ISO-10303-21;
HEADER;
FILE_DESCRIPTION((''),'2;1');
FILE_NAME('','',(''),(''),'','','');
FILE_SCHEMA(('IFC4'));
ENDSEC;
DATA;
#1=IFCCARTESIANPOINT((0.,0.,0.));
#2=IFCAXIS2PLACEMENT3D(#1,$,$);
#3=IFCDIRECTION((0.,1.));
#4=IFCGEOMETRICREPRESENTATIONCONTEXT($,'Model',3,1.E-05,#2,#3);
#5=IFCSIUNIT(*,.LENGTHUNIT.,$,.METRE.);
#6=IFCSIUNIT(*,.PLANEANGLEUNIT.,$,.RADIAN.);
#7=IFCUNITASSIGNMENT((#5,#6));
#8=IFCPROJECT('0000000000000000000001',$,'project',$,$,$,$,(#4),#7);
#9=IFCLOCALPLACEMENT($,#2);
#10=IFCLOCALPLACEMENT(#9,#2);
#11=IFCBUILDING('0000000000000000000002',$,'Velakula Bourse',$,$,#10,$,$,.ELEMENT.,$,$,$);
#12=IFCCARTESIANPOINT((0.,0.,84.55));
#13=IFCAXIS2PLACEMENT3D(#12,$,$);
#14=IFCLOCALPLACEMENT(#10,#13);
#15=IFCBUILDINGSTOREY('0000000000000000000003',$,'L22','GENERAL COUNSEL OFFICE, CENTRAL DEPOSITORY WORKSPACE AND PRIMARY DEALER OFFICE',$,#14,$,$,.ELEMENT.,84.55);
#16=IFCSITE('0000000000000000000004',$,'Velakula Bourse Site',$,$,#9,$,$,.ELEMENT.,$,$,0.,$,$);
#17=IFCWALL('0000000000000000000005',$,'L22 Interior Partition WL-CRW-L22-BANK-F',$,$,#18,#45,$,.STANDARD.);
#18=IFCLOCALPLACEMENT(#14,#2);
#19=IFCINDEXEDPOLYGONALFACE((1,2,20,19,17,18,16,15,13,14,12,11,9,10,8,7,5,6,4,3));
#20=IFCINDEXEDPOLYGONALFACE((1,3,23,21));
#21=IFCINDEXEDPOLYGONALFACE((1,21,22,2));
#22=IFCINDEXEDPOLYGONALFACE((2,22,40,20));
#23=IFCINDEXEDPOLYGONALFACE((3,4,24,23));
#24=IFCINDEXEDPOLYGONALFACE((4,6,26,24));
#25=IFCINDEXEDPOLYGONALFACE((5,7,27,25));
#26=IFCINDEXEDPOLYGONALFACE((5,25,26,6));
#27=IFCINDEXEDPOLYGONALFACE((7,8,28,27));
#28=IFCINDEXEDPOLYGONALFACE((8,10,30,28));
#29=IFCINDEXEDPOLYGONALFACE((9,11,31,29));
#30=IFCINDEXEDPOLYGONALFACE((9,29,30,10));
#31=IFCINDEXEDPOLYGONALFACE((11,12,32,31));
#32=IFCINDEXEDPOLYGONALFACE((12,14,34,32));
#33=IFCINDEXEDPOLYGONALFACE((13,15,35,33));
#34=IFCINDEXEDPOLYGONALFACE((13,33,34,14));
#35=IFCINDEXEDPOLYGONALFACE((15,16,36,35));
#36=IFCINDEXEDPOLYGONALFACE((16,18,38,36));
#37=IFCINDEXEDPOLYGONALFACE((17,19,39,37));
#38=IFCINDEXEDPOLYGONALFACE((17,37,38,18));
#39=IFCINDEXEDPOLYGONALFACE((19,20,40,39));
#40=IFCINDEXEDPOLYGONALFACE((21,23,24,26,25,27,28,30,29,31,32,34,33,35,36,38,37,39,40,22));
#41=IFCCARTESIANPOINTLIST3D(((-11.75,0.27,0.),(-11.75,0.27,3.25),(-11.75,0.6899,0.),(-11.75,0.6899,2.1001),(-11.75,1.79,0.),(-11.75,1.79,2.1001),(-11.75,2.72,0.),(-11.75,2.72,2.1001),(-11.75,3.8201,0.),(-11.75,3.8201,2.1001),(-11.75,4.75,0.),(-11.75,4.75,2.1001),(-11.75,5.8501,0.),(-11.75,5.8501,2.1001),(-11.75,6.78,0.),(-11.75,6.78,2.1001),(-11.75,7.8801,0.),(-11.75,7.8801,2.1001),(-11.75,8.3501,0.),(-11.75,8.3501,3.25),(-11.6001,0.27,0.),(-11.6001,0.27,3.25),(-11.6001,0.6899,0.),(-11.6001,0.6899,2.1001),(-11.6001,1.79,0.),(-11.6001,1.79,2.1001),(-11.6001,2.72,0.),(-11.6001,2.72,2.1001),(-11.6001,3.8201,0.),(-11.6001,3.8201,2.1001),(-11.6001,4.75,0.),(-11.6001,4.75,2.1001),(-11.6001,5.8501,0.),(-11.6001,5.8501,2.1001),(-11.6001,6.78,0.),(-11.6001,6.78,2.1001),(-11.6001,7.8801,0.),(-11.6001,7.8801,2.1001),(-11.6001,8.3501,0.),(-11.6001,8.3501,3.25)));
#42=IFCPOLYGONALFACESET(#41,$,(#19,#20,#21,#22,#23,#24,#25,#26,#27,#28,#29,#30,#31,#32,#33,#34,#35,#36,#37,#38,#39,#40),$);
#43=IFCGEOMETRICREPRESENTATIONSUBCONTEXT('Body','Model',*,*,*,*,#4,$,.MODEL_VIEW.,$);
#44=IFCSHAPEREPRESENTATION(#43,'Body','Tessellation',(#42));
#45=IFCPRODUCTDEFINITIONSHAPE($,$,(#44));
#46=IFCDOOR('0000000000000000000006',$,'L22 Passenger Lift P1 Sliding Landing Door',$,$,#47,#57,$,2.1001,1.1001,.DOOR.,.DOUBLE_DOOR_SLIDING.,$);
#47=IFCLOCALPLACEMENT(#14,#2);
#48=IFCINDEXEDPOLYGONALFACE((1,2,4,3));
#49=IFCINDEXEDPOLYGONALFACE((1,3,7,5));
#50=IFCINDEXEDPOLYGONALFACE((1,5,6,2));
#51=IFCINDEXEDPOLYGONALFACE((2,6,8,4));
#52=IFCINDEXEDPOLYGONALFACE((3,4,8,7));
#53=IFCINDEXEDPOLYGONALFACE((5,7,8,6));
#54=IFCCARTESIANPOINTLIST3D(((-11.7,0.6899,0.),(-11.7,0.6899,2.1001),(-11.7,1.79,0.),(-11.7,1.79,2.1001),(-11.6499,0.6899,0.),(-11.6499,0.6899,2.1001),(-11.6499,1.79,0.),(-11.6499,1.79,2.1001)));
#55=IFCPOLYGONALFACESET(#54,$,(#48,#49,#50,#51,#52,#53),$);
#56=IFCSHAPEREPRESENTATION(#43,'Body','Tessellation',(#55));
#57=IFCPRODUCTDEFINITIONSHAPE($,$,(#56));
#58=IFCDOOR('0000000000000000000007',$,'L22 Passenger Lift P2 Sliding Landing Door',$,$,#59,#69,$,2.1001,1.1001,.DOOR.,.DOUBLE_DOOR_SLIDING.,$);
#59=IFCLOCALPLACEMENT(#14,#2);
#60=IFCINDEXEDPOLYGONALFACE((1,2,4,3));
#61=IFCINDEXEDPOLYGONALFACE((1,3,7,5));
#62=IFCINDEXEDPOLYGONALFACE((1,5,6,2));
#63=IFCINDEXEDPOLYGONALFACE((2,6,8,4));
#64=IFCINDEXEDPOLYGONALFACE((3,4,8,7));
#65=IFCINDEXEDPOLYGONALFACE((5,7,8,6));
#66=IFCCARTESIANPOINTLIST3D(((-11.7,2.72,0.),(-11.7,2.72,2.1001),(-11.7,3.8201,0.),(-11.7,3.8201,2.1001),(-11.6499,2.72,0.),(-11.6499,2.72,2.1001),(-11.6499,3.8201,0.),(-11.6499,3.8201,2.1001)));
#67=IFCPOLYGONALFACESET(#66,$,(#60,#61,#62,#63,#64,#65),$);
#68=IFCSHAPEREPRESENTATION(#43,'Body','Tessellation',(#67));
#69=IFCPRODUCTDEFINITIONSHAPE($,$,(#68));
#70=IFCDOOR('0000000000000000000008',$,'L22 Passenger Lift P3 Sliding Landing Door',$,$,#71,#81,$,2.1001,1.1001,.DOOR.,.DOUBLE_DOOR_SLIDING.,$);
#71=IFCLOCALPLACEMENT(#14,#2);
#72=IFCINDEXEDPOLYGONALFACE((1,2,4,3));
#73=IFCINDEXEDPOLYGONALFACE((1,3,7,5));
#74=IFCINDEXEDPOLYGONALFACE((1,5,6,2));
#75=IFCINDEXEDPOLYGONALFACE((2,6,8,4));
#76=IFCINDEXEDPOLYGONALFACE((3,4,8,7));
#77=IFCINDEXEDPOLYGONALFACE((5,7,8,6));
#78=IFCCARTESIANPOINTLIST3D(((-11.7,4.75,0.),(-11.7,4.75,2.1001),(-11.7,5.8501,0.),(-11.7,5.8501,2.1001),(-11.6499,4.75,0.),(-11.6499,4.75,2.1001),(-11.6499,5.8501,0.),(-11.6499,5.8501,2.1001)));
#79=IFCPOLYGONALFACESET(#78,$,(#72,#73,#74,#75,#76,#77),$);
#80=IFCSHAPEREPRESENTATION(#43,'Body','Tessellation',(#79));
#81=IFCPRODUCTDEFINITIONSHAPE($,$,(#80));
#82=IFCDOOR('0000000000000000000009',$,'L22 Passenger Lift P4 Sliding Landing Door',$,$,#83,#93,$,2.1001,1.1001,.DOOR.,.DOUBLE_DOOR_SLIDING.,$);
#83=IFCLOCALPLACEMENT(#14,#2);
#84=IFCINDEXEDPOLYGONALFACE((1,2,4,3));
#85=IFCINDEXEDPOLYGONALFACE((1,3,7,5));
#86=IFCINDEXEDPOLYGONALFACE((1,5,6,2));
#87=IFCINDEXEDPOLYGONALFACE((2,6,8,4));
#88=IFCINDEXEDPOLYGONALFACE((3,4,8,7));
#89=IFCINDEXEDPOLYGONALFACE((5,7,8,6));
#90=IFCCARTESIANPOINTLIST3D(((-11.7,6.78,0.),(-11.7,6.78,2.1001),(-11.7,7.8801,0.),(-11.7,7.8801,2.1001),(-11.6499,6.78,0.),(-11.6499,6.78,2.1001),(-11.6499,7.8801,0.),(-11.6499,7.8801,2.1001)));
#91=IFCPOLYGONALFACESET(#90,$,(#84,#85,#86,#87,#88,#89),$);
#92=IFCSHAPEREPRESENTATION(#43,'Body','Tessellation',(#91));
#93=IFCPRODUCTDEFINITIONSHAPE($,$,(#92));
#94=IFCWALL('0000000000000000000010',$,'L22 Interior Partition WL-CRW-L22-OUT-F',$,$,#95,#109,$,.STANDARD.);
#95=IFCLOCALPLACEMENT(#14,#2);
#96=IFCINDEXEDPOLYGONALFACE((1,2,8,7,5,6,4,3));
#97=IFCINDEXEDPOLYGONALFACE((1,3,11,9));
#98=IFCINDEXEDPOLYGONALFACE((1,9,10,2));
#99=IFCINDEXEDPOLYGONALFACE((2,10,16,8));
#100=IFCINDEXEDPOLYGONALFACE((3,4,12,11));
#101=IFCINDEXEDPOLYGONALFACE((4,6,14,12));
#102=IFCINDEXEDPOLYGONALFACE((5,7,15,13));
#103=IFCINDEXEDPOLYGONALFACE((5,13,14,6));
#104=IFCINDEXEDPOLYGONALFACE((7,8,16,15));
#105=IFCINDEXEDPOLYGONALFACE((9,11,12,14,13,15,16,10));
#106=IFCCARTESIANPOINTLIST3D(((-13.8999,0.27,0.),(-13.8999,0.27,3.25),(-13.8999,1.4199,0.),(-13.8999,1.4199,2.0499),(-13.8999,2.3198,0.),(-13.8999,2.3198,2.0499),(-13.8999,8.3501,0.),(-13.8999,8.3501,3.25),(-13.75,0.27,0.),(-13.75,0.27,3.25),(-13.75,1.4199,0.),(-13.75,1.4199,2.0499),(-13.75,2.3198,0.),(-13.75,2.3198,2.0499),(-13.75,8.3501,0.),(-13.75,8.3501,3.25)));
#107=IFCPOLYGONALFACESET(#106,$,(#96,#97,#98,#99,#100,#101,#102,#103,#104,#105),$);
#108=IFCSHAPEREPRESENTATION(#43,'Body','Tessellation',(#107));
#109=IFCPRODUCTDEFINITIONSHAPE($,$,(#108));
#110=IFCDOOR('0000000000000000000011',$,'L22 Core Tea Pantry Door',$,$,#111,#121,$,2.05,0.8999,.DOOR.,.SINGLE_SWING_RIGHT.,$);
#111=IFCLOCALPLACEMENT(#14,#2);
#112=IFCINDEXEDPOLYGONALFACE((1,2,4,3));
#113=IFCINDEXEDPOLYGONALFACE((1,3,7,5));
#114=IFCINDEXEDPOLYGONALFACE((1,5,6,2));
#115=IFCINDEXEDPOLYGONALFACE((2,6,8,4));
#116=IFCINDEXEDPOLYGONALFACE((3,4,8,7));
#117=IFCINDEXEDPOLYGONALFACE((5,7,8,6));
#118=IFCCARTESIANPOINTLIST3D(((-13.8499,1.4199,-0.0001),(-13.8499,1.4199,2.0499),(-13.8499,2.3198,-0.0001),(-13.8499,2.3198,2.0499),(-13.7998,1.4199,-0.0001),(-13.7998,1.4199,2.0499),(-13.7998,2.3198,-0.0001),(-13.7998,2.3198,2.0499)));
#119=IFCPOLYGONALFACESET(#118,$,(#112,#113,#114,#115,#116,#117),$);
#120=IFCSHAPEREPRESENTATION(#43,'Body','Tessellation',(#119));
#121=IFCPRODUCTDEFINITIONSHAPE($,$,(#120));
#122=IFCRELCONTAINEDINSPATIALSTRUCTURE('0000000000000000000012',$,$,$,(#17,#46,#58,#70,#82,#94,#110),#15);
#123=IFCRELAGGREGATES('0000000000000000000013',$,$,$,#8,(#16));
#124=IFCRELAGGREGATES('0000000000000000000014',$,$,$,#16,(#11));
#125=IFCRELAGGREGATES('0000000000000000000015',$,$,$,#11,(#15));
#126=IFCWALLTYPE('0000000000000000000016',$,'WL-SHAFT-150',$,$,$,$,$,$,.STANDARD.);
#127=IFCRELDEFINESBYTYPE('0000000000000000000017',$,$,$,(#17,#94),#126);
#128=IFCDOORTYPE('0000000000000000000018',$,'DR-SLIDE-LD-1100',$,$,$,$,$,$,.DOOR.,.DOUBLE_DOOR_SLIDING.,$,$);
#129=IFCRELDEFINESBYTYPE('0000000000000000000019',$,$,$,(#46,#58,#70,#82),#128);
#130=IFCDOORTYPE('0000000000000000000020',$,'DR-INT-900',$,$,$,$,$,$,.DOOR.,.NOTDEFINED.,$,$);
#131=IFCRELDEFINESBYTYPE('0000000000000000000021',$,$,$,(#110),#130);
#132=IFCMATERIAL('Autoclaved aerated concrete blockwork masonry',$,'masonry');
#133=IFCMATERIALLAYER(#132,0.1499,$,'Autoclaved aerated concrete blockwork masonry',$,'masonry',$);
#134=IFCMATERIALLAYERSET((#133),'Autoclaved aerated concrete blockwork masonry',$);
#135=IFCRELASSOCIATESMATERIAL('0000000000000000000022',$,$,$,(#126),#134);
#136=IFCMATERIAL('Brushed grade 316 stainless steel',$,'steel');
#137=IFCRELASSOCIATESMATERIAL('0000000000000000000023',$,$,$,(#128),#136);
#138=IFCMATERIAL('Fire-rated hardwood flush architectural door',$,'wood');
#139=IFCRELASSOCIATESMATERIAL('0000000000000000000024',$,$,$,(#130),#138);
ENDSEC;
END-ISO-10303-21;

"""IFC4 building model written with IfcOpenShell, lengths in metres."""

from ifc_helpers import new_model, si_unit, direction, frame, frame_2d, origin, place, context, subcontext, project, spatial, rectangle, extrude, material, layer, layer_set, type_object, element, fill, save


model = new_model("IFC4")

# Units and contexts
model_context = context("Model", 3, precision=1e-05, world=origin(), true_north=direction((0.0, 1.0)))
body_context = subcontext(model_context, "Body", "Model", "MODEL_VIEW")
ifc_project = project(units=[si_unit("LENGTHUNIT", "METRE"), si_unit("PLANEANGLEUNIT", "RADIAN")], contexts=[model_context])

# Site, building, storey
site_placement = place(None, origin())
site = spatial("IfcSite", under=ifc_project, at=site_placement, Name="Velakula Bourse Site", CompositionType="ELEMENT", RefElevation=0.0)
building_placement = place(site_placement, origin())
building = spatial("IfcBuilding", under=site, at=building_placement, Name="Velakula Bourse", CompositionType="ELEMENT")
storey_placement = place(building_placement, frame((0.0, 0.0, 84.55)))
storey = spatial("IfcBuildingStorey", under=building, at=storey_placement, Name="L22", Description="GENERAL COUNSEL OFFICE, CENTRAL DEPOSITORY WORKSPACE AND PRIMARY DEALER OFFICE", CompositionType="ELEMENT", Elevation=84.55)

# Shared definitions
ifc_material_1 = material(Name="Fire-rated hardwood flush architectural door", Category="wood")

# Shared definitions
ifc_material_2 = material(Name="Autoclaved aerated concrete blockwork masonry", Category="masonry")
ifc_layer_1 = layer(ifc_material_2, 0.1499, Name="Autoclaved aerated concrete blockwork masonry", Category="masonry")
ifc_layer_set_1 = layer_set([ifc_layer_1], Name="Autoclaved aerated concrete blockwork masonry")
wall_type_1 = type_object("IfcWallType", Name="WL-SHAFT-150", PredefinedType="STANDARD", material=ifc_layer_set_1)

# Wall, openings, doors
wall_1_placement = place(storey_placement, frame((-11.675, 0.27, 0.0), z_axis=(0.0, 0.0, 1.0), x_axis=(0.0, 1.0, 0.0)))
wall_1 = element("IfcWall", 1, at=wall_1_placement, inside=storey, type_object=wall_type_1, Name="L22 Interior Partition WL-CRW-L22-BANK-F", PredefinedType="STANDARD", context=body_context, shape_type="SweptSolid", body=[
    extrude(rectangle(XDim=8.0801, YDim=0.1499, at=frame_2d((4.04, 0.0))), origin(), (0.0, 0.0, 1.0), 3.25),
])
opening_1_placement = place(wall_1_placement, frame((0.4199, 0.0, 0.0)))
opening_1 = element("IfcOpeningElement", 2, at=opening_1_placement, cuts=wall_1, PredefinedType="OPENING", context=body_context, shape_type="SweptSolid", body=[
    extrude(rectangle(XDim=1.1001, YDim=2.1001, at=frame_2d((0.55, 1.05))), frame((0.0, 0.085, 0.0), z_axis=(0.0, -1.0, 0.0), x_axis=(1.0, 0.0, 0.0)), (0.0, 0.0, 1.0), 0.1699),
])
opening_2_placement = place(wall_1_placement, frame((2.45, 0.0, 0.0)))
opening_2 = element("IfcOpeningElement", 3, at=opening_2_placement, cuts=wall_1, PredefinedType="OPENING", context=body_context, shape_type="SweptSolid", body=[
    extrude(rectangle(XDim=1.1001, YDim=2.1001, at=frame_2d((0.55, 1.05))), frame((0.0, 0.085, 0.0), z_axis=(0.0, -1.0, 0.0), x_axis=(1.0, 0.0, 0.0)), (0.0, 0.0, 1.0), 0.1699),
])
opening_3_placement = place(wall_1_placement, frame((4.48, 0.0, 0.0)))
opening_3 = element("IfcOpeningElement", 4, at=opening_3_placement, cuts=wall_1, PredefinedType="OPENING", context=body_context, shape_type="SweptSolid", body=[
    extrude(rectangle(XDim=1.1001, YDim=2.1001, at=frame_2d((0.55, 1.05))), frame((0.0, 0.085, 0.0), z_axis=(0.0, -1.0, 0.0), x_axis=(1.0, 0.0, 0.0)), (0.0, 0.0, 1.0), 0.1699),
])
opening_4_placement = place(wall_1_placement, frame((6.51, 0.0, 0.0)))
opening_4 = element("IfcOpeningElement", 5, at=opening_4_placement, cuts=wall_1, PredefinedType="OPENING", context=body_context, shape_type="SweptSolid", body=[
    extrude(rectangle(XDim=1.1001, YDim=2.1001, at=frame_2d((0.55, 1.05))), frame((0.0, 0.085, 0.0), z_axis=(0.0, -1.0, 0.0), x_axis=(1.0, 0.0, 0.0)), (0.0, 0.0, 1.0), 0.1699),
])
ifc_material_3 = material(Name="Brushed grade 316 stainless steel", Category="steel")
door_type_1 = type_object("IfcDoorType", Name="DR-SLIDE-LD-1100", OperationType="DOUBLE_DOOR_SLIDING", PredefinedType="DOOR", material=ifc_material_3)
door_1_placement = place(opening_1_placement, origin())
door_1 = element("IfcDoor", 6, at=door_1_placement, inside=storey, type_object=door_type_1, Name="L22 Passenger Lift P1 Sliding Landing Door", OperationType="DOUBLE_DOOR_SLIDING", OverallHeight=2.1001, OverallWidth=1.1001, PredefinedType="DOOR", context=body_context, shape_type="SweptSolid", body=[
    extrude(rectangle(XDim=1.1001, YDim=2.1001, at=frame_2d((0.55, 1.05))), frame((0.0, 0.0249, 0.0), z_axis=(0.0, -1.0, 0.0), x_axis=(1.0, 0.0, 0.0)), (0.0, 0.0, 1.0), 0.05),
])
fill(opening_1, door_1)
door_2_placement = place(opening_2_placement, origin())
door_2 = element("IfcDoor", 7, at=door_2_placement, inside=storey, type_object=door_type_1, Name="L22 Passenger Lift P2 Sliding Landing Door", OperationType="DOUBLE_DOOR_SLIDING", OverallHeight=2.1001, OverallWidth=1.1001, PredefinedType="DOOR", context=body_context, shape_type="SweptSolid", body=[
    extrude(rectangle(XDim=1.1001, YDim=2.1001, at=frame_2d((0.55, 1.05))), frame((0.0, 0.0249, 0.0), z_axis=(0.0, -1.0, 0.0), x_axis=(1.0, 0.0, 0.0)), (0.0, 0.0, 1.0), 0.05),
])
fill(opening_2, door_2)
door_3_placement = place(opening_3_placement, origin())
door_3 = element("IfcDoor", 8, at=door_3_placement, inside=storey, type_object=door_type_1, Name="L22 Passenger Lift P3 Sliding Landing Door", OperationType="DOUBLE_DOOR_SLIDING", OverallHeight=2.1001, OverallWidth=1.1001, PredefinedType="DOOR", context=body_context, shape_type="SweptSolid", body=[
    extrude(rectangle(XDim=1.1001, YDim=2.1001, at=frame_2d((0.55, 1.05))), frame((0.0, 0.0249, 0.0), z_axis=(0.0, -1.0, 0.0), x_axis=(1.0, 0.0, 0.0)), (0.0, 0.0, 1.0), 0.05),
])
fill(opening_3, door_3)
door_4_placement = place(opening_4_placement, origin())
door_4 = element("IfcDoor", 9, at=door_4_placement, inside=storey, type_object=door_type_1, Name="L22 Passenger Lift P4 Sliding Landing Door", OperationType="DOUBLE_DOOR_SLIDING", OverallHeight=2.1001, OverallWidth=1.1001, PredefinedType="DOOR", context=body_context, shape_type="SweptSolid", body=[
    extrude(rectangle(XDim=1.1001, YDim=2.1001, at=frame_2d((0.55, 1.05))), frame((0.0, 0.0249, 0.0), z_axis=(0.0, -1.0, 0.0), x_axis=(1.0, 0.0, 0.0)), (0.0, 0.0, 1.0), 0.05),
])
fill(opening_4, door_4)

# Wall, opening, door
wall_2_placement = place(storey_placement, frame((-13.825, 0.27, 0.0), z_axis=(0.0, 0.0, 1.0), x_axis=(0.0, 1.0, 0.0)))
wall_2 = element("IfcWall", 10, at=wall_2_placement, inside=storey, type_object=wall_type_1, Name="L22 Interior Partition WL-CRW-L22-OUT-F", PredefinedType="STANDARD", context=body_context, shape_type="SweptSolid", body=[
    extrude(rectangle(XDim=8.0801, YDim=0.1499, at=frame_2d((4.04, 0.0))), origin(), (0.0, 0.0, 1.0), 3.25),
])
opening_5_placement = place(wall_2_placement, frame((1.1499, 0.0, 0.0)))
opening_5 = element("IfcOpeningElement", 11, at=opening_5_placement, cuts=wall_2, PredefinedType="OPENING", context=body_context, shape_type="SweptSolid", body=[
    extrude(rectangle(XDim=0.8999, YDim=2.05, at=frame_2d((0.45, 1.0249))), frame((0.0, 0.085, 0.0), z_axis=(0.0, -1.0, 0.0), x_axis=(1.0, 0.0, 0.0)), (0.0, 0.0, 1.0), 0.1699),
])
door_type_2 = type_object("IfcDoorType", Name="DR-INT-900", OperationType="NOTDEFINED", PredefinedType="DOOR", material=ifc_material_1)
door_5_placement = place(opening_5_placement, origin())
door_5 = element("IfcDoor", 12, at=door_5_placement, inside=storey, type_object=door_type_2, Name="L22 Core Tea Pantry Door", OperationType="SINGLE_SWING_RIGHT", OverallHeight=2.05, OverallWidth=0.8999, PredefinedType="DOOR", context=body_context, shape_type="SweptSolid", body=[
    extrude(rectangle(XDim=0.8999, YDim=2.05, at=frame_2d((0.45, 1.0249))), frame((0.0, 0.0249, 0.0), z_axis=(0.0, -1.0, 0.0), x_axis=(1.0, 0.0, 0.0)), (0.0, 0.0, 1.0), 0.05),
])
fill(opening_5, door_5)

save(model, "model.ifc")
